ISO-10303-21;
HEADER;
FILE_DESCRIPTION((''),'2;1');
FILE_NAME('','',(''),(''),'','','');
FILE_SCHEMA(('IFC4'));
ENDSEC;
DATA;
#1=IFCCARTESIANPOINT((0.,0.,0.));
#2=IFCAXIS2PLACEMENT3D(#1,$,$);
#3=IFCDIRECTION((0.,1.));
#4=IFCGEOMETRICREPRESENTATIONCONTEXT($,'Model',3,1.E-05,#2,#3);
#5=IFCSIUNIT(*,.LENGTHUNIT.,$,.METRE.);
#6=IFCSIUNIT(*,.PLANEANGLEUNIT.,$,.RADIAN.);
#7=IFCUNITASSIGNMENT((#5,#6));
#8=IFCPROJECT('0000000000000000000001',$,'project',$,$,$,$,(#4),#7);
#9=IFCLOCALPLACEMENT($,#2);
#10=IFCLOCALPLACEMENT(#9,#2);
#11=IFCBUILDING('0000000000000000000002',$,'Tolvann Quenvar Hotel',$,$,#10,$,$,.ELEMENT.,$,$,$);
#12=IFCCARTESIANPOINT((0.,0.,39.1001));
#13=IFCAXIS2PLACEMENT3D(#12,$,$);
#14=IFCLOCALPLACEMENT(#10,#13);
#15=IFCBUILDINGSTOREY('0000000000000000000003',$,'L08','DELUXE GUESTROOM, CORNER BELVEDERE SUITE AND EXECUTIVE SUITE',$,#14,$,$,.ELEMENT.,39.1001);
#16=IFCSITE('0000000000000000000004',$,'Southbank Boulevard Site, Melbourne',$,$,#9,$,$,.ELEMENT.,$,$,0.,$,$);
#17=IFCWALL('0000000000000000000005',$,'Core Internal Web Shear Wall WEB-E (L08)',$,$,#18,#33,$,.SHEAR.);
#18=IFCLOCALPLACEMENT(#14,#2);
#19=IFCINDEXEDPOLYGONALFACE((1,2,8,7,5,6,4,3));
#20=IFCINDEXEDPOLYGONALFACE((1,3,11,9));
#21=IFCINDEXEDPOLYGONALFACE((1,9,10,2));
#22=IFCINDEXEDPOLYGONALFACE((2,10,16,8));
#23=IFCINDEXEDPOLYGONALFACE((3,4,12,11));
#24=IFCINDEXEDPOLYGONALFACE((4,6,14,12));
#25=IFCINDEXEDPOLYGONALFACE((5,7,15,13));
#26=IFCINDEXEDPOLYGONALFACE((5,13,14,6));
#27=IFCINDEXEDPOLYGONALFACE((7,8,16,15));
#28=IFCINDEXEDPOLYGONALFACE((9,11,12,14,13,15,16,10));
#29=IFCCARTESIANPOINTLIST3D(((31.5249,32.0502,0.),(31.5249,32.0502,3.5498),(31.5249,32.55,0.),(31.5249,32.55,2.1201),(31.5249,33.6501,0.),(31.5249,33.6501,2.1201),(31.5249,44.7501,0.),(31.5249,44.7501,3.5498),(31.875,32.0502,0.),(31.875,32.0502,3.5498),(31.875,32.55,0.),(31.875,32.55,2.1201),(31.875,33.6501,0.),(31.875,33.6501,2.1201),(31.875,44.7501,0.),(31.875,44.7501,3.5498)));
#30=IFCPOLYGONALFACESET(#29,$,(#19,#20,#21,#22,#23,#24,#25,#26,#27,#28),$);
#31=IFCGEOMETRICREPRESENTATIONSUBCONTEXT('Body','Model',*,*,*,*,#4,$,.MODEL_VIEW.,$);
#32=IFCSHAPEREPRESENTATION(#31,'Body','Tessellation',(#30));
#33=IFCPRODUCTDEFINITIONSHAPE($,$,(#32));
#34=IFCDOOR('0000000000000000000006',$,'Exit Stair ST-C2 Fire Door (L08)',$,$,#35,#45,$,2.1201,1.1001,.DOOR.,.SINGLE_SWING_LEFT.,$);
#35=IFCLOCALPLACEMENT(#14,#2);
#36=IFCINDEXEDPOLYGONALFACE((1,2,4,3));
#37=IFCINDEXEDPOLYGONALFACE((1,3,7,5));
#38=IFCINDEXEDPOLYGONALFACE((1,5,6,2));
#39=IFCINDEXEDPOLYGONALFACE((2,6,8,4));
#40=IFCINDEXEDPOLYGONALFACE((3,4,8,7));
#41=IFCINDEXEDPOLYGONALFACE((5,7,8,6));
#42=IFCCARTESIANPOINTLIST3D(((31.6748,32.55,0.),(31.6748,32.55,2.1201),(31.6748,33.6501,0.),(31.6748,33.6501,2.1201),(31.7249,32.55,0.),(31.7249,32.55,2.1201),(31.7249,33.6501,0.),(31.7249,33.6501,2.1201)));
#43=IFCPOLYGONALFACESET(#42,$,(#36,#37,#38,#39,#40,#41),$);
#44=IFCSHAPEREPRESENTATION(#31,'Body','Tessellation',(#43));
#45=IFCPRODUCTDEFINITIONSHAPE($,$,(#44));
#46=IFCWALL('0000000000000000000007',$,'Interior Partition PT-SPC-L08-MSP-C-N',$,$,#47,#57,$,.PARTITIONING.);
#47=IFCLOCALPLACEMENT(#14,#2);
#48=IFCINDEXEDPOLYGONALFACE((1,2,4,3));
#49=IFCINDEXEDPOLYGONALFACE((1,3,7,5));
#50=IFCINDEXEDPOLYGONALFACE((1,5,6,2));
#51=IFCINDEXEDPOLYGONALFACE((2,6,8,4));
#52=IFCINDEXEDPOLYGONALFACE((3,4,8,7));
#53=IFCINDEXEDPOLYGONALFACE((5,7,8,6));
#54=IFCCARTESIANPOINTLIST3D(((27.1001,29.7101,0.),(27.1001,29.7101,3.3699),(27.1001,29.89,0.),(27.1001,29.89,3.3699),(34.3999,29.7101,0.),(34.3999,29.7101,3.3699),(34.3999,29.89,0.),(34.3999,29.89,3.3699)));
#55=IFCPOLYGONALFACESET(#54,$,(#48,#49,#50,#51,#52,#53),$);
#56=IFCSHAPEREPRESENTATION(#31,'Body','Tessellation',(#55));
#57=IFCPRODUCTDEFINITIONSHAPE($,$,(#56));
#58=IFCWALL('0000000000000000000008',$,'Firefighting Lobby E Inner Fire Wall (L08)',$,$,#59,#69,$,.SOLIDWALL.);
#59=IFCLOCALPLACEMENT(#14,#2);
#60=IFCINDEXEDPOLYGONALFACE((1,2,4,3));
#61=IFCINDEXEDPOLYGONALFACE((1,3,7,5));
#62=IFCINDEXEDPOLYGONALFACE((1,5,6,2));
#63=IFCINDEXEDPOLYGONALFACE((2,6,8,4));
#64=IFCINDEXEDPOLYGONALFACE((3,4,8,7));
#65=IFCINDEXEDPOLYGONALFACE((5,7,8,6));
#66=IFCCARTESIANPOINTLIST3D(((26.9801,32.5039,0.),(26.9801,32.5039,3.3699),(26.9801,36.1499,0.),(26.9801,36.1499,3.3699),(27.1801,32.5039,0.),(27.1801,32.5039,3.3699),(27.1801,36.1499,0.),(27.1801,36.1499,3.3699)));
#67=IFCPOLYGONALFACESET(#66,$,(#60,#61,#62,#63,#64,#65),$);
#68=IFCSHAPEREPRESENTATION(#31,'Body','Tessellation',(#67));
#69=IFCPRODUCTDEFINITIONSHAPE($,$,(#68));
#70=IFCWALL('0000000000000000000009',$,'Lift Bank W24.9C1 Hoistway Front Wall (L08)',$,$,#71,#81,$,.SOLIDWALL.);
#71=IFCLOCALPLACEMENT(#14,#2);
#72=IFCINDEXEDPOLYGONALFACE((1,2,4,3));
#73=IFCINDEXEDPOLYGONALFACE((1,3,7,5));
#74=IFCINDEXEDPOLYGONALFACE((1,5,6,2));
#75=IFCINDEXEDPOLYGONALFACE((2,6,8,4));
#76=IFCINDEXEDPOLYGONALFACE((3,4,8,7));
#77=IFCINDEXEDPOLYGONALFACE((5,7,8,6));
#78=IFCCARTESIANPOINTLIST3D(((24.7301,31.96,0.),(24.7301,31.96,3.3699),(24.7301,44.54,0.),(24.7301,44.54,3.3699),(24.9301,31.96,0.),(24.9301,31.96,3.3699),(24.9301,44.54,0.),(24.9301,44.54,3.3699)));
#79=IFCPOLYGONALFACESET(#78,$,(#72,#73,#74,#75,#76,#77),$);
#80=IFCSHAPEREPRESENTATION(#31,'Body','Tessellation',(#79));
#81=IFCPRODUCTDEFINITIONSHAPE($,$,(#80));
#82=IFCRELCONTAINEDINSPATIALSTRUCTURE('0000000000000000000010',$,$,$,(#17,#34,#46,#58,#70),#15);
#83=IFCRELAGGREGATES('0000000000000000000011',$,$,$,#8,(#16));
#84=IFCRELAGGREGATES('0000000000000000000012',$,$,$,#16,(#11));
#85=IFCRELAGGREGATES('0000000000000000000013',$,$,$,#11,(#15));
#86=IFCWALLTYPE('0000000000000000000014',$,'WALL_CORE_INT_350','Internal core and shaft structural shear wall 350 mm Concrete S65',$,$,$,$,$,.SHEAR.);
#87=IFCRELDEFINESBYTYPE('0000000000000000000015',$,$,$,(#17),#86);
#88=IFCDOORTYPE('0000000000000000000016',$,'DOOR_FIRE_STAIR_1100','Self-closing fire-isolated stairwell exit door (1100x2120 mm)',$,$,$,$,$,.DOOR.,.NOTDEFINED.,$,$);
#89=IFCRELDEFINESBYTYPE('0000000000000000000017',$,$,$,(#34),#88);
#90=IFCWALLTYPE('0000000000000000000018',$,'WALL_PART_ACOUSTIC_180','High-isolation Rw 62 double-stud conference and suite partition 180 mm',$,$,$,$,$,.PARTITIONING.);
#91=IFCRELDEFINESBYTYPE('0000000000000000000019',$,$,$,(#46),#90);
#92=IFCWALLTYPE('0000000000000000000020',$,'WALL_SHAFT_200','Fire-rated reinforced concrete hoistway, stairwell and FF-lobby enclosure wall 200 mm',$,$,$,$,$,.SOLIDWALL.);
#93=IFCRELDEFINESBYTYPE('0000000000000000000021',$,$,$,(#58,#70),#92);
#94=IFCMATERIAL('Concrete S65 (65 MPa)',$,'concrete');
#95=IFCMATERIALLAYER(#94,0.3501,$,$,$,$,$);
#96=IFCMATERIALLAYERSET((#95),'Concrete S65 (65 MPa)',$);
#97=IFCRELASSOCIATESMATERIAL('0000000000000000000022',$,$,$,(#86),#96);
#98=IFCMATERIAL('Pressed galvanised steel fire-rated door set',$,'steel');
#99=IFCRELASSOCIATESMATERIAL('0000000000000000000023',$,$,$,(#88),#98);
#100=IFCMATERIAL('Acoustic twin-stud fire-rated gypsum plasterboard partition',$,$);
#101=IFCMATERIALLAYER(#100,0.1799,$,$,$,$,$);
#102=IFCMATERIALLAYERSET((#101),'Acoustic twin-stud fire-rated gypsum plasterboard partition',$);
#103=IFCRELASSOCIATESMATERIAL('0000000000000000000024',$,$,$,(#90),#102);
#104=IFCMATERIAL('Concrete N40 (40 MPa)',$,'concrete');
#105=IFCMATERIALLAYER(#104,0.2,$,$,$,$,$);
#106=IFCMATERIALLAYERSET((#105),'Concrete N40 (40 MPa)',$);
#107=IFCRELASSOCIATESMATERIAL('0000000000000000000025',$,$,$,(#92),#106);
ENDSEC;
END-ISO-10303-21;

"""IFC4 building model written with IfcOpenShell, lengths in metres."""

from ifc_helpers import new_model, si_unit, direction, frame, frame_2d, origin, place, context, subcontext, project, spatial, rectangle, extrude, source, transform, mapped, material, layer, layer_set, type_object, type_shapes, element, fill, save


model = new_model("IFC4")

# Units and contexts
model_context = context("Model", 3, precision=1e-05, world=origin(), true_north=direction((0.0, 1.0)))
body_context = subcontext(model_context, "Body", "Model", "MODEL_VIEW")
ifc_project = project(units=[si_unit("LENGTHUNIT", "METRE"), si_unit("PLANEANGLEUNIT", "RADIAN")], contexts=[model_context])

# Site, building, storey
site_placement = place(None, origin())
site = spatial("IfcSite", under=ifc_project, at=site_placement, Name="Southbank Boulevard Site, Melbourne", CompositionType="ELEMENT", RefElevation=0.0)
building_placement = place(site_placement, origin())
building = spatial("IfcBuilding", under=site, at=building_placement, Name="Tolvann Quenvar Hotel", CompositionType="ELEMENT")
storey_placement = place(building_placement, frame((0.0, 0.0, 39.1001)))
storey = spatial("IfcBuildingStorey", under=building, at=storey_placement, Name="L08", Description="DELUXE GUESTROOM, CORNER BELVEDERE SUITE AND EXECUTIVE SUITE", CompositionType="ELEMENT", Elevation=39.1001)

# Shared definitions
ifc_material_1 = material(Name="Concrete S65 (65 MPa)", Category="concrete")

# Wall, opening, door
ifc_layer_1 = layer(ifc_material_1, 0.3501)
ifc_layer_set_1 = layer_set([ifc_layer_1], Name="Concrete S65 (65 MPa)")
wall_type_1 = type_object("IfcWallType", Name="WALL_CORE_INT_350", Description="Internal core and shaft structural shear wall 350 mm Concrete S65", PredefinedType="SHEAR", material=ifc_layer_set_1)
wall_1_placement = place(storey_placement, frame((31.7, 32.05, 0.0), z_axis=(0.0, 0.0, 1.0), x_axis=(0.0, 1.0, 0.0)))
wall_1 = element("IfcWall", 1, at=wall_1_placement, inside=storey, type_object=wall_type_1, Name="Core Internal Web Shear Wall WEB-E (L08)", PredefinedType="SHEAR", context=body_context, shape_type="SweptSolid", body=[
    extrude(rectangle(XDim=12.7, YDim=0.3501, at=frame_2d((6.3501, 0.0))), origin(), (0.0, 0.0, 1.0), 3.5498),
])
opening_1_placement = place(wall_1_placement, frame((1.6001, 0.0, 0.0), z_axis=(0.0, 0.0, 1.0), x_axis=(-1.0, 0.0, 0.0)))
opening_1 = element("IfcOpeningElement", 2, at=opening_1_placement, cuts=wall_1, PredefinedType="OPENING", context=body_context, shape_type="SweptSolid", body=[
    extrude(rectangle(XDim=1.1001, YDim=2.1201, at=frame_2d((0.55, 1.0601))), frame((0.0, 0.1851, 0.0), z_axis=(0.0, -1.0, 0.0), x_axis=(1.0, 0.0, 0.0)), (0.0, 0.0, 1.0), 0.3701),
])
ifc_material_2 = material(Name="Pressed galvanised steel fire-rated door set", Category="steel")
door_type_1 = type_object("IfcDoorType", Name="DOOR_FIRE_STAIR_1100", Description="Self-closing fire-isolated stairwell exit door (1100x2120 mm)", OperationType="NOTDEFINED", PredefinedType="DOOR", material=ifc_material_2)
shared_shape_1 = source(origin(), body_context, "Body", "SweptSolid", [
    extrude(rectangle(XDim=1.1001, YDim=2.1201, at=frame_2d((0.55, 1.0601))), frame((0.0, 0.0249, 0.0), z_axis=(0.0, -1.0, 0.0), x_axis=(1.0, 0.0, 0.0)), (0.0, 0.0, 1.0), 0.05),
])
type_shapes(door_type_1, [shared_shape_1])
door_1_placement = place(opening_1_placement, origin())
door_1 = element("IfcDoor", 3, at=door_1_placement, inside=storey, type_object=door_type_1, Name="Exit Stair ST-C2 Fire Door (L08)", OperationType="SINGLE_SWING_LEFT", OverallHeight=2.1201, OverallWidth=1.1001, PredefinedType="DOOR", context=body_context, shape_type="MappedRepresentation", body=[
    mapped(shared_shape_1, transform((0.0, 0.0, 0.0), x_axis=(1.0, 0.0, 0.0), y_axis=(0.0, 1.0, 0.0), z_axis=(0.0, 0.0, 1.0), scale=1.0)),
])
fill(opening_1, door_1)

# Walls
ifc_material_3 = material(Name="Acoustic twin-stud fire-rated gypsum plasterboard partition")
ifc_layer_2 = layer(ifc_material_3, 0.1799)
ifc_layer_set_2 = layer_set([ifc_layer_2], Name="Acoustic twin-stud fire-rated gypsum plasterboard partition")
wall_type_2 = type_object("IfcWallType", Name="WALL_PART_ACOUSTIC_180", Description="High-isolation Rw 62 double-stud conference and suite partition 180 mm", PredefinedType="PARTITIONING", material=ifc_layer_set_2)
wall_2_placement = place(storey_placement, frame((27.1001, 29.8, 0.0), z_axis=(0.0, 0.0, 1.0), x_axis=(1.0, 0.0, 0.0)))
element("IfcWall", 4, at=wall_2_placement, inside=storey, type_object=wall_type_2, Name="Interior Partition PT-SPC-L08-MSP-C-N", PredefinedType="PARTITIONING", context=body_context, shape_type="SweptSolid", body=[
    extrude(rectangle(XDim=7.2998, YDim=0.1799, at=frame_2d((3.6499, 0.0))), origin(), (0.0, 0.0, 1.0), 3.3699),
])
ifc_material_4 = material(Name="Concrete N40 (40 MPa)", Category="concrete")
ifc_layer_3 = layer(ifc_material_4, 0.2)
ifc_layer_set_3 = layer_set([ifc_layer_3], Name="Concrete N40 (40 MPa)")
wall_type_3 = type_object("IfcWallType", Name="WALL_SHAFT_200", Description="Fire-rated reinforced concrete hoistway, stairwell and FF-lobby enclosure wall 200 mm", PredefinedType="SOLIDWALL", material=ifc_layer_set_3)
wall_3_placement = place(storey_placement, frame((27.0801, 32.5039, 0.0), z_axis=(0.0, 0.0, 1.0), x_axis=(0.0, 1.0, 0.0)))
element("IfcWall", 5, at=wall_3_placement, inside=storey, type_object=wall_type_3, Name="Firefighting Lobby E Inner Fire Wall (L08)", PredefinedType="SOLIDWALL", context=body_context, shape_type="SweptSolid", body=[
    extrude(rectangle(XDim=3.646, YDim=0.2, at=frame_2d((1.823, 0.0))), origin(), (0.0, 0.0, 1.0), 3.3699),
])
wall_4_placement = place(storey_placement, frame((24.8301, 31.96, 0.0), z_axis=(0.0, 0.0, 1.0), x_axis=(0.0, 1.0, 0.0)))
element("IfcWall", 6, at=wall_4_placement, inside=storey, type_object=wall_type_3, Name="Lift Bank W24.9C1 Hoistway Front Wall (L08)", PredefinedType="SOLIDWALL", context=body_context, shape_type="SweptSolid", body=[
    extrude(rectangle(XDim=12.5801, YDim=0.2, at=frame_2d((6.29, 0.0))), origin(), (0.0, 0.0, 1.0), 3.3699),
])

save(model, "model.ifc")
